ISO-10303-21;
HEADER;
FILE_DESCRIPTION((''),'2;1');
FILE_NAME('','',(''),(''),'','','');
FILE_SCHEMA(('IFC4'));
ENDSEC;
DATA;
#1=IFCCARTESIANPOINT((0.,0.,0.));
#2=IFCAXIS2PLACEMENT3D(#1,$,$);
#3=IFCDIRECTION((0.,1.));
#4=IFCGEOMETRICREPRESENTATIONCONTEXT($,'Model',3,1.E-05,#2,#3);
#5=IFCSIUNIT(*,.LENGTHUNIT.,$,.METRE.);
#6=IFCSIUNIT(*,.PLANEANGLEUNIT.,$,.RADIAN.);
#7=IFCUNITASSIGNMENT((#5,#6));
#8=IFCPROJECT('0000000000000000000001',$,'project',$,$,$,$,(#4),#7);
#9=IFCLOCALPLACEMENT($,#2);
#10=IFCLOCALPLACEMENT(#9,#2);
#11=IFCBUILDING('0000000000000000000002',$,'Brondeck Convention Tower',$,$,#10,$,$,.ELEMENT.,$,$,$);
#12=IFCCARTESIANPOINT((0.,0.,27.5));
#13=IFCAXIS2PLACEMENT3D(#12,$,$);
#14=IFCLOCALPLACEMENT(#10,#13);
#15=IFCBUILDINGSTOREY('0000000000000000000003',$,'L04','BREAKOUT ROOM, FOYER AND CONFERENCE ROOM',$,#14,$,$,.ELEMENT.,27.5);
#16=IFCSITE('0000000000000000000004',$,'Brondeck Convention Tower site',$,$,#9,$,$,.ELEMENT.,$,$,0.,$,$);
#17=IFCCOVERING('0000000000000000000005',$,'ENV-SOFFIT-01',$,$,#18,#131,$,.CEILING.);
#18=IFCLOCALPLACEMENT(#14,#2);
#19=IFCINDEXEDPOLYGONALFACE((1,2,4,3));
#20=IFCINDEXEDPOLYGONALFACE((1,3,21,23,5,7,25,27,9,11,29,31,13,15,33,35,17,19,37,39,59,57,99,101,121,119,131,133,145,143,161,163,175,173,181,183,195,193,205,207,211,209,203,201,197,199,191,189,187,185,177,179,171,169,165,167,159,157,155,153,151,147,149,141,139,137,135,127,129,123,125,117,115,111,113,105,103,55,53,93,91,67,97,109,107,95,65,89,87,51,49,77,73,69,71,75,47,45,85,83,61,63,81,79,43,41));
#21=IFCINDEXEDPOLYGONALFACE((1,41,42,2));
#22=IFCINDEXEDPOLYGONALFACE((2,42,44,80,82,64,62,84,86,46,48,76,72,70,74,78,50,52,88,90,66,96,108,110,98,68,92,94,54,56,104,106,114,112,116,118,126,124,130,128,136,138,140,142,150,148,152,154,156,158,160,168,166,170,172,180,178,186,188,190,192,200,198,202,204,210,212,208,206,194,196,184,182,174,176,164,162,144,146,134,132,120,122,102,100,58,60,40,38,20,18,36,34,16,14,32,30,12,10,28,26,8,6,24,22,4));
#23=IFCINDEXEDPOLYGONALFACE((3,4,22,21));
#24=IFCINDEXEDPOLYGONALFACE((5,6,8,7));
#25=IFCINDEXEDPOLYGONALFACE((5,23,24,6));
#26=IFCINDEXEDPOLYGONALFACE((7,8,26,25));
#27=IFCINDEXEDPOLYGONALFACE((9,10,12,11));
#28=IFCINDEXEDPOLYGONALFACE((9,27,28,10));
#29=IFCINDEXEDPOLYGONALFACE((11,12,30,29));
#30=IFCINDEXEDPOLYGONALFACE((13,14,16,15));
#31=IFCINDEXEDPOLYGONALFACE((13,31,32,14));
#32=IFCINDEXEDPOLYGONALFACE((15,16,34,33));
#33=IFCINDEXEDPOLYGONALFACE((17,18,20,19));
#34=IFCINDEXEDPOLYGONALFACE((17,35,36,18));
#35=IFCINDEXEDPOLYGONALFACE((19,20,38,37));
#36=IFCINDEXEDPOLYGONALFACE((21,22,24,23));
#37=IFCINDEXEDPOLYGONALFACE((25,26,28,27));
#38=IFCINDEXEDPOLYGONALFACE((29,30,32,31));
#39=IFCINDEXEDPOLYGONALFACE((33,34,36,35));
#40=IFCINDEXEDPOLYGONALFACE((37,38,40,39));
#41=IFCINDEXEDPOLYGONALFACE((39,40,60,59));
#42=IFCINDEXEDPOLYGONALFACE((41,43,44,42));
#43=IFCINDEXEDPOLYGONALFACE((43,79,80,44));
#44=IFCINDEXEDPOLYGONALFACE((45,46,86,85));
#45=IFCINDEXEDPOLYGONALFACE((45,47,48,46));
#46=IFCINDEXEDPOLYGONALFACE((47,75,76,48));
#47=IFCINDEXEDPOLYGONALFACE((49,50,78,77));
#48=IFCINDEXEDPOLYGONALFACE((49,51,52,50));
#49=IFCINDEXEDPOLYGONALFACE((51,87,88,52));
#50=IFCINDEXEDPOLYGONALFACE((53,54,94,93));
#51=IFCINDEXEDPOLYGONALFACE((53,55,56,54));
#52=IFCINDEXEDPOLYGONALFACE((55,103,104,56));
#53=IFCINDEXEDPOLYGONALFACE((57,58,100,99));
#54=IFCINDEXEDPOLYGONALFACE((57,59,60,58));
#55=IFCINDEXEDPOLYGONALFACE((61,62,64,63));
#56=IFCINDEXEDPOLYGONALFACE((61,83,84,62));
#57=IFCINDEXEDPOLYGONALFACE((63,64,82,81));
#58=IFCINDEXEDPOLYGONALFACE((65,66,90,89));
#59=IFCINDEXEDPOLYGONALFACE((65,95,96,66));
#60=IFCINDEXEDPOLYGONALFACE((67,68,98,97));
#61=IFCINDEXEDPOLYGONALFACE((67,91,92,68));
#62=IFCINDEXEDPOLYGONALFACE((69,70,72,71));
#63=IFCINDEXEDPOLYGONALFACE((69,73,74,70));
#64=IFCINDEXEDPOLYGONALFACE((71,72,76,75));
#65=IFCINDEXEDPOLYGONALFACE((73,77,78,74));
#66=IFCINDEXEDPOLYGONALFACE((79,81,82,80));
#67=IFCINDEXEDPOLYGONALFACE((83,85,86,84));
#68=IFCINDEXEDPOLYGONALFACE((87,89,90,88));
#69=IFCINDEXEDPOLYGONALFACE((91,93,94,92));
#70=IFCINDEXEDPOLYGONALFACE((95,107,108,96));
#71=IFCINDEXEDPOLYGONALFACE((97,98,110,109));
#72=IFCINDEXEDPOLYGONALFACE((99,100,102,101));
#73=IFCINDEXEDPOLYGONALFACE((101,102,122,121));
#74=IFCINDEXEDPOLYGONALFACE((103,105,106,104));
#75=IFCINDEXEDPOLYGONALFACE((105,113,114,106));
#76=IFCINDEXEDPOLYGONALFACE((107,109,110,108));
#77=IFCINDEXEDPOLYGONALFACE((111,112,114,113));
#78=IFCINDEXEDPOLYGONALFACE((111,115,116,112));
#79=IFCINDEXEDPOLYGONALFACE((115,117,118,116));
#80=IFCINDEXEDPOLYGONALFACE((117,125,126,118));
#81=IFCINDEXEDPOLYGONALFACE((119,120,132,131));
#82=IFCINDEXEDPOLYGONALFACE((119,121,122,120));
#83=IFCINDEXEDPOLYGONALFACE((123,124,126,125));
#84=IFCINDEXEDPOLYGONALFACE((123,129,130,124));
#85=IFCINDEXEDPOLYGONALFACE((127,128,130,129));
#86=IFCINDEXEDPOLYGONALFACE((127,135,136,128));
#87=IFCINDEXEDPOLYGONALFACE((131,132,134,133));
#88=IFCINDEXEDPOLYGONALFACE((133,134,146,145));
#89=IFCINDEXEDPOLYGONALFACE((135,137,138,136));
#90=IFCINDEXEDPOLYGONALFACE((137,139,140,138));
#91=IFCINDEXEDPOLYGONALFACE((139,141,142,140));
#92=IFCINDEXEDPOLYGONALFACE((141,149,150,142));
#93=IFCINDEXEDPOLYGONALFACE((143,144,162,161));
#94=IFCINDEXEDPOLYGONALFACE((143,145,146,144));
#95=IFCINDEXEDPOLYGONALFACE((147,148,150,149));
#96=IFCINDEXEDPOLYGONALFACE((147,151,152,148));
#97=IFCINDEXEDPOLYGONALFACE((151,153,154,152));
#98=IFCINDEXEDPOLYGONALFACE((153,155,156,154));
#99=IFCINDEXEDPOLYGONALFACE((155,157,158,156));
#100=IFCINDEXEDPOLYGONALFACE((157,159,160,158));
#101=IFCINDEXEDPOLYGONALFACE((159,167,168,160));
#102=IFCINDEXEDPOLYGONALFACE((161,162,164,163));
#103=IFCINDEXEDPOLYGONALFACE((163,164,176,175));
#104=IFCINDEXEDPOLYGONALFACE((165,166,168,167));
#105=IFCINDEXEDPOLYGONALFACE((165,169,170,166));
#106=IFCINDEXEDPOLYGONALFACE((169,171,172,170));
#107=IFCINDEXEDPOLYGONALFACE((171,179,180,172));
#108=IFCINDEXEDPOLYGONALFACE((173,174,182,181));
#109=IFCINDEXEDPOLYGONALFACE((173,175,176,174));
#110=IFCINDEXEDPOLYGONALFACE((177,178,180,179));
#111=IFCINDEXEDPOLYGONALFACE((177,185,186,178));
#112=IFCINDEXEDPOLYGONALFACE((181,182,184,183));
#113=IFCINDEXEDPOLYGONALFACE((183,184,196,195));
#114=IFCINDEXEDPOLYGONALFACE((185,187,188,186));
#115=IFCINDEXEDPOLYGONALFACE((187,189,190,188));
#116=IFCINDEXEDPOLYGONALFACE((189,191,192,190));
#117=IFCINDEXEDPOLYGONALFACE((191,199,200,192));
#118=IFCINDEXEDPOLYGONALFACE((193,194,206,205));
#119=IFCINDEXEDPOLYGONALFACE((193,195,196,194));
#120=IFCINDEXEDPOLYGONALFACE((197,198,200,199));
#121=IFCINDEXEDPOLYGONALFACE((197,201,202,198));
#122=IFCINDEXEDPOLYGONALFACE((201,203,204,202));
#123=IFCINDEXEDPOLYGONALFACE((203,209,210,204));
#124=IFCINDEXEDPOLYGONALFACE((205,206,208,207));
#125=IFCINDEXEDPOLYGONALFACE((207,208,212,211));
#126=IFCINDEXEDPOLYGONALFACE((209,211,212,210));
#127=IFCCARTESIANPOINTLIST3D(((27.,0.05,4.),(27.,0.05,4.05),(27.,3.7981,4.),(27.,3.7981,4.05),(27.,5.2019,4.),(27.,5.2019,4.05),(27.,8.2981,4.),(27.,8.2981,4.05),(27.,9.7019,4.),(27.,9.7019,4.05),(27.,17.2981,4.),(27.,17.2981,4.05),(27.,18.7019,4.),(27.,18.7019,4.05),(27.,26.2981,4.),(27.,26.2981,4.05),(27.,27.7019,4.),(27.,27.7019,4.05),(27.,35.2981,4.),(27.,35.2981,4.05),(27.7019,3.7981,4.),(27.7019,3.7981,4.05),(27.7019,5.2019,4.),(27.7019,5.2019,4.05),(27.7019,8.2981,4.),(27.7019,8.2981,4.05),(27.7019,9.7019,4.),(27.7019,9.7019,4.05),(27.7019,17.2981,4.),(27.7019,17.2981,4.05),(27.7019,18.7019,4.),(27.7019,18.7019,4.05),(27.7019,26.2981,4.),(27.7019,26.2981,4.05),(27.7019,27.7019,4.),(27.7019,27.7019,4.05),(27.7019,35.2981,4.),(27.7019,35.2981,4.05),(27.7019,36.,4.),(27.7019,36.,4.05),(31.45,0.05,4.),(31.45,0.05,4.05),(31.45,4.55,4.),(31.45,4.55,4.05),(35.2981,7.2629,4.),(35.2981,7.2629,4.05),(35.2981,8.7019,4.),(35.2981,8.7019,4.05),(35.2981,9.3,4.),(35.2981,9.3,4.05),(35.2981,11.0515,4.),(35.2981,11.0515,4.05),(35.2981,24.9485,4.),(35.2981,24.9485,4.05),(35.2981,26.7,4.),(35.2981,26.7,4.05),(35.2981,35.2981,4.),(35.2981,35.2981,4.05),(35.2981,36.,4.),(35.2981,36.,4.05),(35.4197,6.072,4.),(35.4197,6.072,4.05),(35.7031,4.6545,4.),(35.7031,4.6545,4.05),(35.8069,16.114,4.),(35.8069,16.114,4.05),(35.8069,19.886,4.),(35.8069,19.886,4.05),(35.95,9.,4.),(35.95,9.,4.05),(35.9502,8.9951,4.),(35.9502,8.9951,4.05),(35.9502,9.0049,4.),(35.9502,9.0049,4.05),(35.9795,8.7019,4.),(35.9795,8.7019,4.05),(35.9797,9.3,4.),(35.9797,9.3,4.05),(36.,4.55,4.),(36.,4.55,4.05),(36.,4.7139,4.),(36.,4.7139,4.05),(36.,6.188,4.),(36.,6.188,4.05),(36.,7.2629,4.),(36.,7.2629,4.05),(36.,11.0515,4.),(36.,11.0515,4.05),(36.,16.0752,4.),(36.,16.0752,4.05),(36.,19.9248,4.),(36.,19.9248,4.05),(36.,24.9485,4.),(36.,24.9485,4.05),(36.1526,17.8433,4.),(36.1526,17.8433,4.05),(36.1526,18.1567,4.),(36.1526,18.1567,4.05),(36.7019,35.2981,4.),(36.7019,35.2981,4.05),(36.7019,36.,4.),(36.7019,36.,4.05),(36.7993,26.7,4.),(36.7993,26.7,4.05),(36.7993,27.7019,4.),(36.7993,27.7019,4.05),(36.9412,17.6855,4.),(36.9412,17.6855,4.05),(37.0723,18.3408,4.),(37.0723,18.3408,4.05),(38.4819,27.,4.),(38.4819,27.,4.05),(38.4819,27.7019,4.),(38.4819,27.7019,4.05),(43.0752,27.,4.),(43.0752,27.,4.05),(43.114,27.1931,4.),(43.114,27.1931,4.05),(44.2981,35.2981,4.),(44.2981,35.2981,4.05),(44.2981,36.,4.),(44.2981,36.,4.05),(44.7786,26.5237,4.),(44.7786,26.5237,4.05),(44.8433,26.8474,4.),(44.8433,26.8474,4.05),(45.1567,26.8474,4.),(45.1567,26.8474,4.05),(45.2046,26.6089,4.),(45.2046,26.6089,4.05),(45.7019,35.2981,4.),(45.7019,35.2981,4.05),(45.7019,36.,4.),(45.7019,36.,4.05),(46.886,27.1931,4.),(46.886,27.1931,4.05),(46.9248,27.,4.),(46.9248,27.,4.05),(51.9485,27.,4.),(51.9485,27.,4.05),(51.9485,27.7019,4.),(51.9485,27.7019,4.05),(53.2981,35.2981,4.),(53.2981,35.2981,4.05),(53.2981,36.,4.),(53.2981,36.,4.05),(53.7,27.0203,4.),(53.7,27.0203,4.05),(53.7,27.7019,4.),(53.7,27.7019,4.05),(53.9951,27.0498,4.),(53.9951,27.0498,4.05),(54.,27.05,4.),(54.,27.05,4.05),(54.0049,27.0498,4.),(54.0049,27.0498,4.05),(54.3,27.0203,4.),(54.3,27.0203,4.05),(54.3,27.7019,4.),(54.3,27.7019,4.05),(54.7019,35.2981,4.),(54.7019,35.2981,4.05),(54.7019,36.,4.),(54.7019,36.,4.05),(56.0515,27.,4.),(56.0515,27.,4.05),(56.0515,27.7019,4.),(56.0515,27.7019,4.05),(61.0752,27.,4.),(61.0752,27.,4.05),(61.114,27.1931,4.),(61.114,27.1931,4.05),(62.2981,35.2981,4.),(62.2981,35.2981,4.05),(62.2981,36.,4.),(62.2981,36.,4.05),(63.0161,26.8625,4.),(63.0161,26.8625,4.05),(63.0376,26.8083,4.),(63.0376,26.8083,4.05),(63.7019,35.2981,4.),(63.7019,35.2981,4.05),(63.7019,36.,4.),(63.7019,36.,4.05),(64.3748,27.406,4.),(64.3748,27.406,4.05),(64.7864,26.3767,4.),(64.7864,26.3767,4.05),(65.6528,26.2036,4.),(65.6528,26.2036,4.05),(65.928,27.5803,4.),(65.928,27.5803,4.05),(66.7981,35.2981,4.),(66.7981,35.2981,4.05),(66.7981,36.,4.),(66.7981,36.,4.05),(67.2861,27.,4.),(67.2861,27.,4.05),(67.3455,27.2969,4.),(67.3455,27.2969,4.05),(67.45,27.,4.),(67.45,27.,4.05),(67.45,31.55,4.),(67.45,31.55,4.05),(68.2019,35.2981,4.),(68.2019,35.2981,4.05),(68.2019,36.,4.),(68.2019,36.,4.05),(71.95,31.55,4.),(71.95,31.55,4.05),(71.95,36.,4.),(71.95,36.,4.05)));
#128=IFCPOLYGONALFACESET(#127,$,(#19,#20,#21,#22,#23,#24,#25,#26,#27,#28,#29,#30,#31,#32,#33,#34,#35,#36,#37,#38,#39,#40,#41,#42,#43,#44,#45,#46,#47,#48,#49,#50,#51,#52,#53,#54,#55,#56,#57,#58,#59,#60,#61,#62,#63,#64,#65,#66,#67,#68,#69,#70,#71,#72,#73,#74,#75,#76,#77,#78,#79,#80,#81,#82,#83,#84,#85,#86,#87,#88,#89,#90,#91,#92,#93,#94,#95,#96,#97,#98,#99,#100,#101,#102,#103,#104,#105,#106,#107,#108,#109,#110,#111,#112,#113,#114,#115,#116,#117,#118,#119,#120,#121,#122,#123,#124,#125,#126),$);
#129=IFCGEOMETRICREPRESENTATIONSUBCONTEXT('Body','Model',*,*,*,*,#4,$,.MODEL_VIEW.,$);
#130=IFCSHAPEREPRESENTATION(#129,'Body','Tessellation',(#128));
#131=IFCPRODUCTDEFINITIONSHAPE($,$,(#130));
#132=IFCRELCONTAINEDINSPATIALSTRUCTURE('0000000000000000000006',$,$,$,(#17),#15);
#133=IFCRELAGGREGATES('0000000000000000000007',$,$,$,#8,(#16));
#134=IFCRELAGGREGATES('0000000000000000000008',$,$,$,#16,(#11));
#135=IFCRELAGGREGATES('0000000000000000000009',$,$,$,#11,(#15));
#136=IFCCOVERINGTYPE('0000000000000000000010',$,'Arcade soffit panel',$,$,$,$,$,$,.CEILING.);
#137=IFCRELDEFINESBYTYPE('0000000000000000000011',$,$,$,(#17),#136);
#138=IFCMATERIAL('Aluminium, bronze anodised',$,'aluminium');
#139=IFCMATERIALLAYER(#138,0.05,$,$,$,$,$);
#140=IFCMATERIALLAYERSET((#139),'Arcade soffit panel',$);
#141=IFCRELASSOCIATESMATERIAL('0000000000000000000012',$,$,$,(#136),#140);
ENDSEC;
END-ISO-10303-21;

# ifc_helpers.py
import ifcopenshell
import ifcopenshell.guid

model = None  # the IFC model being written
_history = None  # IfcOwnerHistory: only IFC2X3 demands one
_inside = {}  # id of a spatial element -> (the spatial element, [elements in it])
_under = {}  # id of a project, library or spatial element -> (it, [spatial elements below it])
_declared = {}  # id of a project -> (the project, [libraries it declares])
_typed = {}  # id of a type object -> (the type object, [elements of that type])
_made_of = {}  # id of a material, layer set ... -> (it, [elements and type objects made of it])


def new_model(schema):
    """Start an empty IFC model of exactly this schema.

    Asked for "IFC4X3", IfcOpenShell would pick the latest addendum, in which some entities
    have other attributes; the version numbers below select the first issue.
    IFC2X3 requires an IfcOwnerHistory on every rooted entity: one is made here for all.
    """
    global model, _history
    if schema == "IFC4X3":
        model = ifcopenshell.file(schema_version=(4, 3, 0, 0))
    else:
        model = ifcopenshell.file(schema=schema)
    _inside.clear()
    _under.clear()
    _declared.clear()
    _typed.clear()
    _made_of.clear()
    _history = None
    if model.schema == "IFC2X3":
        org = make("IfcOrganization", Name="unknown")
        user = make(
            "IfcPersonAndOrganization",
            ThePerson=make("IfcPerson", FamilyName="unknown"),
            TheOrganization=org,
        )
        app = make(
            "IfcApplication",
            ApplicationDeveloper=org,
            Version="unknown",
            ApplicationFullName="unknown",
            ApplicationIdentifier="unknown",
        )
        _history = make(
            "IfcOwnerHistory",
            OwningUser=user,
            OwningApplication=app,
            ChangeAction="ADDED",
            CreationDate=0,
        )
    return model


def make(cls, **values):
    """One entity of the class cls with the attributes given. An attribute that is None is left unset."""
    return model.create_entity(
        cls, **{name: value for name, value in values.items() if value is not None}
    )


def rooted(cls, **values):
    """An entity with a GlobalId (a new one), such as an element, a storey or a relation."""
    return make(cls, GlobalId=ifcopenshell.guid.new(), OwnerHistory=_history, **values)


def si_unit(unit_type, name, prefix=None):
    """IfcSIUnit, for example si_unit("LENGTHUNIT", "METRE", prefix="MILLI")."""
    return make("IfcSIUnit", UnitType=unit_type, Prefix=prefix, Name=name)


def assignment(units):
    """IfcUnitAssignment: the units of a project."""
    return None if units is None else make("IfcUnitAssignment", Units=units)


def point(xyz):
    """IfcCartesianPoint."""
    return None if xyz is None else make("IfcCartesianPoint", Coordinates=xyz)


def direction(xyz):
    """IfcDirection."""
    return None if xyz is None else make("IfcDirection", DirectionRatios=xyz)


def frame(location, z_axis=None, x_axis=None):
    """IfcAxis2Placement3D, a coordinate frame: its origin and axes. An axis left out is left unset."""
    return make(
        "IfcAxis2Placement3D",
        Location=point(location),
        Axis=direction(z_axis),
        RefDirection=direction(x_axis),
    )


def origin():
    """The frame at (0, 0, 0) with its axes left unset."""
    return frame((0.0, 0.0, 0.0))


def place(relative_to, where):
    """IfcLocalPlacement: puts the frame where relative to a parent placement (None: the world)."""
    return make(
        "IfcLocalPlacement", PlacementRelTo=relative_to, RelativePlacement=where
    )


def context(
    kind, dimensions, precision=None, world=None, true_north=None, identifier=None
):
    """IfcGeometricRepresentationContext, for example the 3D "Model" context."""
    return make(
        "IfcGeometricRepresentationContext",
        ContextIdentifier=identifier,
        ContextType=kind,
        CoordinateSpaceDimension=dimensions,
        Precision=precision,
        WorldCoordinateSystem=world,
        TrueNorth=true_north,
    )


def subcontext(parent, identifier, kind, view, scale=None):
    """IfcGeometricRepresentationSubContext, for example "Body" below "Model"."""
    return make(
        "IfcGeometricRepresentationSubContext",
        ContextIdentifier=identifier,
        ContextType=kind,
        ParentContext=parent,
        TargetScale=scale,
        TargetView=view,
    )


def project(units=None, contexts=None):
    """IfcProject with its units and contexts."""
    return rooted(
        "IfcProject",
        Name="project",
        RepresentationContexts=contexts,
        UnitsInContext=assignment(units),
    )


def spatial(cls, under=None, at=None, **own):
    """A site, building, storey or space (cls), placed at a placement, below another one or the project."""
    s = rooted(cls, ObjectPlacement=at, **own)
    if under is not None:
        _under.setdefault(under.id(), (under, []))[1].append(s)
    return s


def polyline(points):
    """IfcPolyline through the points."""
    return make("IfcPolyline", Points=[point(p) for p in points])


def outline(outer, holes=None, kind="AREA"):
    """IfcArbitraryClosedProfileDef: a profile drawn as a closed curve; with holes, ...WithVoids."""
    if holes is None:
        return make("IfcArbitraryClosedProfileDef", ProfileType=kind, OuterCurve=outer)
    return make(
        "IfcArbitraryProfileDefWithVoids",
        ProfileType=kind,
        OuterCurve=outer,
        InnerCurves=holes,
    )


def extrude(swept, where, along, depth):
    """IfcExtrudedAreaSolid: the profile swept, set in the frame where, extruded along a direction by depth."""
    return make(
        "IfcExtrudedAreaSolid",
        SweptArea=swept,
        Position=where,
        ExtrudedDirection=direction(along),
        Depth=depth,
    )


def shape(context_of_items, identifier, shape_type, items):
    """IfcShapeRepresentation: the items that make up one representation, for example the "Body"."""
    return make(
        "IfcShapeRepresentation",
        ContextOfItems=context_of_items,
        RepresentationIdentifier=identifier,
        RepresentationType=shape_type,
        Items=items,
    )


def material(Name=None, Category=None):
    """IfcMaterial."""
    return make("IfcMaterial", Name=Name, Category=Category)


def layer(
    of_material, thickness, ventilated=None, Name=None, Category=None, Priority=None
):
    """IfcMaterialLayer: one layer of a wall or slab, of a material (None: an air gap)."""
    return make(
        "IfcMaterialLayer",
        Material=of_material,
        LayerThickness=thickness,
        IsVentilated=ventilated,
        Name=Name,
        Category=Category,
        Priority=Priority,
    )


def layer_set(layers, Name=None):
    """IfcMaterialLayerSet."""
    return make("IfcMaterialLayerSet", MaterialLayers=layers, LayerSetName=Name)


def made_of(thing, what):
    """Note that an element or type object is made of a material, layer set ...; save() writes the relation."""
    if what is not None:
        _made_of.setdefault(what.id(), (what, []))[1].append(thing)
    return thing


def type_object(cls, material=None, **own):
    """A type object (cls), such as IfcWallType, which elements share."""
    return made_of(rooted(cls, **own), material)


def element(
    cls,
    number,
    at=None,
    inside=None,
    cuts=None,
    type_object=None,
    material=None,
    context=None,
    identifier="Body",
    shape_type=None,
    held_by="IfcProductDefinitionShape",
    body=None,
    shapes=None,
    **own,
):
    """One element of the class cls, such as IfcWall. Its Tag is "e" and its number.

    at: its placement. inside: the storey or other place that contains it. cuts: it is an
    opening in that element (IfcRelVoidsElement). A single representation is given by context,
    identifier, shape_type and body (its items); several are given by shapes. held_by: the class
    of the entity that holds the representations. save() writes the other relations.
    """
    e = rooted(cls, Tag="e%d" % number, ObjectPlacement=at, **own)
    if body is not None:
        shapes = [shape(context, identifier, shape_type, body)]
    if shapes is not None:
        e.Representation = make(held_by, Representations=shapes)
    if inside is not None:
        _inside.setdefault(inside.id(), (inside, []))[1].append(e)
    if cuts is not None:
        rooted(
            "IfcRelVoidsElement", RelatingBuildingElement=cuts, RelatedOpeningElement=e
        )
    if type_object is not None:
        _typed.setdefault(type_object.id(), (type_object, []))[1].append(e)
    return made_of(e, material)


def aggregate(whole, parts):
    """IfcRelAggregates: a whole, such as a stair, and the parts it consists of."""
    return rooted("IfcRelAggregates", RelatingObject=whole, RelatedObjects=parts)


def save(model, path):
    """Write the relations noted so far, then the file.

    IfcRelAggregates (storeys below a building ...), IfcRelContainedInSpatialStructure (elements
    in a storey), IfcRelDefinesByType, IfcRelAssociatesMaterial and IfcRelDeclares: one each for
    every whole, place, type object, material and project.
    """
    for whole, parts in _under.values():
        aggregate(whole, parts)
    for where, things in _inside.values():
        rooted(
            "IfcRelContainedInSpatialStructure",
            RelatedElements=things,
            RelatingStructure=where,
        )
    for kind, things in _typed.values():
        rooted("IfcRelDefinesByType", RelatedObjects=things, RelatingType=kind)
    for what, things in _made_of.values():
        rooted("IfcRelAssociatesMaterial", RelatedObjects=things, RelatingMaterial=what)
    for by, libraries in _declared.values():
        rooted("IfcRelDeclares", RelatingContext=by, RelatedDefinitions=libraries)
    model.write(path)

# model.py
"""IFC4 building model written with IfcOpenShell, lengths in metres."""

from ifc_helpers import new_model, si_unit, direction, frame, origin, place, context, subcontext, project, spatial, polyline, outline, extrude, material, layer, layer_set, type_object, element, save


model = new_model("IFC4")

# Units and contexts
model_context = context("Model", 3, precision=1e-05, world=origin(), true_north=direction((0.0, 1.0)))
body_context = subcontext(model_context, "Body", "Model", "MODEL_VIEW")
ifc_project = project(units=[si_unit("LENGTHUNIT", "METRE"), si_unit("PLANEANGLEUNIT", "RADIAN")], contexts=[model_context])

# Site, building, storey
site_placement = place(None, origin())
site = spatial("IfcSite", under=ifc_project, at=site_placement, Name="Brondeck Convention Tower site", CompositionType="ELEMENT", RefElevation=0.0)
building_placement = place(site_placement, origin())
building = spatial("IfcBuilding", under=site, at=building_placement, Name="Brondeck Convention Tower", CompositionType="ELEMENT")
storey_placement = place(building_placement, frame((0.0, 0.0, 27.5)))
storey = spatial("IfcBuildingStorey", under=building, at=storey_placement, Name="L04", Description="BREAKOUT ROOM, FOYER AND CONFERENCE ROOM", CompositionType="ELEMENT", Elevation=27.5)

# Covering
ifc_material_1 = material(Name="Aluminium, bronze anodised", Category="aluminium")
ifc_layer_1 = layer(ifc_material_1, 0.05)
ifc_layer_set_1 = layer_set([ifc_layer_1], Name="Arcade soffit panel")
covering_type = type_object("IfcCoveringType", Name="Arcade soffit panel", PredefinedType="CEILING", material=ifc_layer_set_1)
covering_placement = place(storey_placement, frame((0.0, 0.0, 4.0)))
element("IfcCovering", 1, at=covering_placement, inside=storey, type_object=covering_type, Name="ENV-SOFFIT-01", PredefinedType="CEILING", context=body_context, shape_type="SweptSolid", body=[
    extrude(outline(polyline([(31.45, 0.05), (31.45, 4.55), (36.0, 4.55), (36.0, 4.7139), (35.7031, 4.6545), (35.4197, 6.072), (36.0, 6.188), (36.0, 7.2629), (35.2981, 7.2629), (35.2981, 8.7019), (35.9795, 8.7019), (35.9502, 8.9951), (35.95, 9.0), (35.9502, 9.0049), (35.9797, 9.3), (35.2981, 9.3), (35.2981, 11.0515), (36.0, 11.0515), (36.0, 16.0752), (35.8069, 16.114), (36.1526, 17.8433), (36.9412, 17.6855), (37.0723, 18.3408), (36.1526, 18.1567), (35.8069, 19.886), (36.0, 19.9248), (36.0, 24.9485), (35.2981, 24.9485), (35.2981, 26.7), (36.7993, 26.7), (36.7993, 27.7019), (38.4819, 27.7019), (38.4819, 27.0), (43.0752, 27.0), (43.114, 27.1931), (44.8433, 26.8474), (44.7786, 26.5237), (45.2046, 26.6089), (45.1567, 26.8474), (46.886, 27.1931), (46.9248, 27.0), (51.9485, 27.0), (51.9485, 27.7019), (53.7, 27.7019), (53.7, 27.0203), (53.9951, 27.0498), (54.0, 27.05), (54.0049, 27.0498), (54.3, 27.0203), (54.3, 27.7019), (56.0515, 27.7019), (56.0515, 27.0), (61.0752, 27.0), (61.114, 27.1931), (63.0376, 26.8083), (63.0161, 26.8625), (64.3748, 27.406), (64.7864, 26.3767), (65.6528, 26.2036), (65.928, 27.5803), (67.3455, 27.2969), (67.2861, 27.0), (67.45, 27.0), (67.45, 31.55), (71.95, 31.55), (71.95, 36.0), (68.2019, 36.0), (68.2019, 35.2981), (66.7981, 35.2981), (66.7981, 36.0), (63.7019, 36.0), (63.7019, 35.2981), (62.2981, 35.2981), (62.2981, 36.0), (54.7019, 36.0), (54.7019, 35.2981), (53.2981, 35.2981), (53.2981, 36.0), (45.7019, 36.0), (45.7019, 35.2981), (44.2981, 35.2981), (44.2981, 36.0), (36.7019, 36.0), (36.7019, 35.2981), (35.2981, 35.2981), (35.2981, 36.0), (27.7019, 36.0), (27.7019, 35.2981), (27.0, 35.2981), (27.0, 27.7019), (27.7019, 27.7019), (27.7019, 26.2981), (27.0, 26.2981), (27.0, 18.7019), (27.7019, 18.7019), (27.7019, 17.2981), (27.0, 17.2981), (27.0, 9.7019), (27.7019, 9.7019), (27.7019, 8.2981), (27.0, 8.2981), (27.0, 5.2019), (27.7019, 5.2019), (27.7019, 3.7981), (27.0, 3.7981), (27.0, 0.05), (31.45, 0.05)])), origin(), (0.0, 0.0, 1.0), 0.05),
])

save(model, "model.ifc")
